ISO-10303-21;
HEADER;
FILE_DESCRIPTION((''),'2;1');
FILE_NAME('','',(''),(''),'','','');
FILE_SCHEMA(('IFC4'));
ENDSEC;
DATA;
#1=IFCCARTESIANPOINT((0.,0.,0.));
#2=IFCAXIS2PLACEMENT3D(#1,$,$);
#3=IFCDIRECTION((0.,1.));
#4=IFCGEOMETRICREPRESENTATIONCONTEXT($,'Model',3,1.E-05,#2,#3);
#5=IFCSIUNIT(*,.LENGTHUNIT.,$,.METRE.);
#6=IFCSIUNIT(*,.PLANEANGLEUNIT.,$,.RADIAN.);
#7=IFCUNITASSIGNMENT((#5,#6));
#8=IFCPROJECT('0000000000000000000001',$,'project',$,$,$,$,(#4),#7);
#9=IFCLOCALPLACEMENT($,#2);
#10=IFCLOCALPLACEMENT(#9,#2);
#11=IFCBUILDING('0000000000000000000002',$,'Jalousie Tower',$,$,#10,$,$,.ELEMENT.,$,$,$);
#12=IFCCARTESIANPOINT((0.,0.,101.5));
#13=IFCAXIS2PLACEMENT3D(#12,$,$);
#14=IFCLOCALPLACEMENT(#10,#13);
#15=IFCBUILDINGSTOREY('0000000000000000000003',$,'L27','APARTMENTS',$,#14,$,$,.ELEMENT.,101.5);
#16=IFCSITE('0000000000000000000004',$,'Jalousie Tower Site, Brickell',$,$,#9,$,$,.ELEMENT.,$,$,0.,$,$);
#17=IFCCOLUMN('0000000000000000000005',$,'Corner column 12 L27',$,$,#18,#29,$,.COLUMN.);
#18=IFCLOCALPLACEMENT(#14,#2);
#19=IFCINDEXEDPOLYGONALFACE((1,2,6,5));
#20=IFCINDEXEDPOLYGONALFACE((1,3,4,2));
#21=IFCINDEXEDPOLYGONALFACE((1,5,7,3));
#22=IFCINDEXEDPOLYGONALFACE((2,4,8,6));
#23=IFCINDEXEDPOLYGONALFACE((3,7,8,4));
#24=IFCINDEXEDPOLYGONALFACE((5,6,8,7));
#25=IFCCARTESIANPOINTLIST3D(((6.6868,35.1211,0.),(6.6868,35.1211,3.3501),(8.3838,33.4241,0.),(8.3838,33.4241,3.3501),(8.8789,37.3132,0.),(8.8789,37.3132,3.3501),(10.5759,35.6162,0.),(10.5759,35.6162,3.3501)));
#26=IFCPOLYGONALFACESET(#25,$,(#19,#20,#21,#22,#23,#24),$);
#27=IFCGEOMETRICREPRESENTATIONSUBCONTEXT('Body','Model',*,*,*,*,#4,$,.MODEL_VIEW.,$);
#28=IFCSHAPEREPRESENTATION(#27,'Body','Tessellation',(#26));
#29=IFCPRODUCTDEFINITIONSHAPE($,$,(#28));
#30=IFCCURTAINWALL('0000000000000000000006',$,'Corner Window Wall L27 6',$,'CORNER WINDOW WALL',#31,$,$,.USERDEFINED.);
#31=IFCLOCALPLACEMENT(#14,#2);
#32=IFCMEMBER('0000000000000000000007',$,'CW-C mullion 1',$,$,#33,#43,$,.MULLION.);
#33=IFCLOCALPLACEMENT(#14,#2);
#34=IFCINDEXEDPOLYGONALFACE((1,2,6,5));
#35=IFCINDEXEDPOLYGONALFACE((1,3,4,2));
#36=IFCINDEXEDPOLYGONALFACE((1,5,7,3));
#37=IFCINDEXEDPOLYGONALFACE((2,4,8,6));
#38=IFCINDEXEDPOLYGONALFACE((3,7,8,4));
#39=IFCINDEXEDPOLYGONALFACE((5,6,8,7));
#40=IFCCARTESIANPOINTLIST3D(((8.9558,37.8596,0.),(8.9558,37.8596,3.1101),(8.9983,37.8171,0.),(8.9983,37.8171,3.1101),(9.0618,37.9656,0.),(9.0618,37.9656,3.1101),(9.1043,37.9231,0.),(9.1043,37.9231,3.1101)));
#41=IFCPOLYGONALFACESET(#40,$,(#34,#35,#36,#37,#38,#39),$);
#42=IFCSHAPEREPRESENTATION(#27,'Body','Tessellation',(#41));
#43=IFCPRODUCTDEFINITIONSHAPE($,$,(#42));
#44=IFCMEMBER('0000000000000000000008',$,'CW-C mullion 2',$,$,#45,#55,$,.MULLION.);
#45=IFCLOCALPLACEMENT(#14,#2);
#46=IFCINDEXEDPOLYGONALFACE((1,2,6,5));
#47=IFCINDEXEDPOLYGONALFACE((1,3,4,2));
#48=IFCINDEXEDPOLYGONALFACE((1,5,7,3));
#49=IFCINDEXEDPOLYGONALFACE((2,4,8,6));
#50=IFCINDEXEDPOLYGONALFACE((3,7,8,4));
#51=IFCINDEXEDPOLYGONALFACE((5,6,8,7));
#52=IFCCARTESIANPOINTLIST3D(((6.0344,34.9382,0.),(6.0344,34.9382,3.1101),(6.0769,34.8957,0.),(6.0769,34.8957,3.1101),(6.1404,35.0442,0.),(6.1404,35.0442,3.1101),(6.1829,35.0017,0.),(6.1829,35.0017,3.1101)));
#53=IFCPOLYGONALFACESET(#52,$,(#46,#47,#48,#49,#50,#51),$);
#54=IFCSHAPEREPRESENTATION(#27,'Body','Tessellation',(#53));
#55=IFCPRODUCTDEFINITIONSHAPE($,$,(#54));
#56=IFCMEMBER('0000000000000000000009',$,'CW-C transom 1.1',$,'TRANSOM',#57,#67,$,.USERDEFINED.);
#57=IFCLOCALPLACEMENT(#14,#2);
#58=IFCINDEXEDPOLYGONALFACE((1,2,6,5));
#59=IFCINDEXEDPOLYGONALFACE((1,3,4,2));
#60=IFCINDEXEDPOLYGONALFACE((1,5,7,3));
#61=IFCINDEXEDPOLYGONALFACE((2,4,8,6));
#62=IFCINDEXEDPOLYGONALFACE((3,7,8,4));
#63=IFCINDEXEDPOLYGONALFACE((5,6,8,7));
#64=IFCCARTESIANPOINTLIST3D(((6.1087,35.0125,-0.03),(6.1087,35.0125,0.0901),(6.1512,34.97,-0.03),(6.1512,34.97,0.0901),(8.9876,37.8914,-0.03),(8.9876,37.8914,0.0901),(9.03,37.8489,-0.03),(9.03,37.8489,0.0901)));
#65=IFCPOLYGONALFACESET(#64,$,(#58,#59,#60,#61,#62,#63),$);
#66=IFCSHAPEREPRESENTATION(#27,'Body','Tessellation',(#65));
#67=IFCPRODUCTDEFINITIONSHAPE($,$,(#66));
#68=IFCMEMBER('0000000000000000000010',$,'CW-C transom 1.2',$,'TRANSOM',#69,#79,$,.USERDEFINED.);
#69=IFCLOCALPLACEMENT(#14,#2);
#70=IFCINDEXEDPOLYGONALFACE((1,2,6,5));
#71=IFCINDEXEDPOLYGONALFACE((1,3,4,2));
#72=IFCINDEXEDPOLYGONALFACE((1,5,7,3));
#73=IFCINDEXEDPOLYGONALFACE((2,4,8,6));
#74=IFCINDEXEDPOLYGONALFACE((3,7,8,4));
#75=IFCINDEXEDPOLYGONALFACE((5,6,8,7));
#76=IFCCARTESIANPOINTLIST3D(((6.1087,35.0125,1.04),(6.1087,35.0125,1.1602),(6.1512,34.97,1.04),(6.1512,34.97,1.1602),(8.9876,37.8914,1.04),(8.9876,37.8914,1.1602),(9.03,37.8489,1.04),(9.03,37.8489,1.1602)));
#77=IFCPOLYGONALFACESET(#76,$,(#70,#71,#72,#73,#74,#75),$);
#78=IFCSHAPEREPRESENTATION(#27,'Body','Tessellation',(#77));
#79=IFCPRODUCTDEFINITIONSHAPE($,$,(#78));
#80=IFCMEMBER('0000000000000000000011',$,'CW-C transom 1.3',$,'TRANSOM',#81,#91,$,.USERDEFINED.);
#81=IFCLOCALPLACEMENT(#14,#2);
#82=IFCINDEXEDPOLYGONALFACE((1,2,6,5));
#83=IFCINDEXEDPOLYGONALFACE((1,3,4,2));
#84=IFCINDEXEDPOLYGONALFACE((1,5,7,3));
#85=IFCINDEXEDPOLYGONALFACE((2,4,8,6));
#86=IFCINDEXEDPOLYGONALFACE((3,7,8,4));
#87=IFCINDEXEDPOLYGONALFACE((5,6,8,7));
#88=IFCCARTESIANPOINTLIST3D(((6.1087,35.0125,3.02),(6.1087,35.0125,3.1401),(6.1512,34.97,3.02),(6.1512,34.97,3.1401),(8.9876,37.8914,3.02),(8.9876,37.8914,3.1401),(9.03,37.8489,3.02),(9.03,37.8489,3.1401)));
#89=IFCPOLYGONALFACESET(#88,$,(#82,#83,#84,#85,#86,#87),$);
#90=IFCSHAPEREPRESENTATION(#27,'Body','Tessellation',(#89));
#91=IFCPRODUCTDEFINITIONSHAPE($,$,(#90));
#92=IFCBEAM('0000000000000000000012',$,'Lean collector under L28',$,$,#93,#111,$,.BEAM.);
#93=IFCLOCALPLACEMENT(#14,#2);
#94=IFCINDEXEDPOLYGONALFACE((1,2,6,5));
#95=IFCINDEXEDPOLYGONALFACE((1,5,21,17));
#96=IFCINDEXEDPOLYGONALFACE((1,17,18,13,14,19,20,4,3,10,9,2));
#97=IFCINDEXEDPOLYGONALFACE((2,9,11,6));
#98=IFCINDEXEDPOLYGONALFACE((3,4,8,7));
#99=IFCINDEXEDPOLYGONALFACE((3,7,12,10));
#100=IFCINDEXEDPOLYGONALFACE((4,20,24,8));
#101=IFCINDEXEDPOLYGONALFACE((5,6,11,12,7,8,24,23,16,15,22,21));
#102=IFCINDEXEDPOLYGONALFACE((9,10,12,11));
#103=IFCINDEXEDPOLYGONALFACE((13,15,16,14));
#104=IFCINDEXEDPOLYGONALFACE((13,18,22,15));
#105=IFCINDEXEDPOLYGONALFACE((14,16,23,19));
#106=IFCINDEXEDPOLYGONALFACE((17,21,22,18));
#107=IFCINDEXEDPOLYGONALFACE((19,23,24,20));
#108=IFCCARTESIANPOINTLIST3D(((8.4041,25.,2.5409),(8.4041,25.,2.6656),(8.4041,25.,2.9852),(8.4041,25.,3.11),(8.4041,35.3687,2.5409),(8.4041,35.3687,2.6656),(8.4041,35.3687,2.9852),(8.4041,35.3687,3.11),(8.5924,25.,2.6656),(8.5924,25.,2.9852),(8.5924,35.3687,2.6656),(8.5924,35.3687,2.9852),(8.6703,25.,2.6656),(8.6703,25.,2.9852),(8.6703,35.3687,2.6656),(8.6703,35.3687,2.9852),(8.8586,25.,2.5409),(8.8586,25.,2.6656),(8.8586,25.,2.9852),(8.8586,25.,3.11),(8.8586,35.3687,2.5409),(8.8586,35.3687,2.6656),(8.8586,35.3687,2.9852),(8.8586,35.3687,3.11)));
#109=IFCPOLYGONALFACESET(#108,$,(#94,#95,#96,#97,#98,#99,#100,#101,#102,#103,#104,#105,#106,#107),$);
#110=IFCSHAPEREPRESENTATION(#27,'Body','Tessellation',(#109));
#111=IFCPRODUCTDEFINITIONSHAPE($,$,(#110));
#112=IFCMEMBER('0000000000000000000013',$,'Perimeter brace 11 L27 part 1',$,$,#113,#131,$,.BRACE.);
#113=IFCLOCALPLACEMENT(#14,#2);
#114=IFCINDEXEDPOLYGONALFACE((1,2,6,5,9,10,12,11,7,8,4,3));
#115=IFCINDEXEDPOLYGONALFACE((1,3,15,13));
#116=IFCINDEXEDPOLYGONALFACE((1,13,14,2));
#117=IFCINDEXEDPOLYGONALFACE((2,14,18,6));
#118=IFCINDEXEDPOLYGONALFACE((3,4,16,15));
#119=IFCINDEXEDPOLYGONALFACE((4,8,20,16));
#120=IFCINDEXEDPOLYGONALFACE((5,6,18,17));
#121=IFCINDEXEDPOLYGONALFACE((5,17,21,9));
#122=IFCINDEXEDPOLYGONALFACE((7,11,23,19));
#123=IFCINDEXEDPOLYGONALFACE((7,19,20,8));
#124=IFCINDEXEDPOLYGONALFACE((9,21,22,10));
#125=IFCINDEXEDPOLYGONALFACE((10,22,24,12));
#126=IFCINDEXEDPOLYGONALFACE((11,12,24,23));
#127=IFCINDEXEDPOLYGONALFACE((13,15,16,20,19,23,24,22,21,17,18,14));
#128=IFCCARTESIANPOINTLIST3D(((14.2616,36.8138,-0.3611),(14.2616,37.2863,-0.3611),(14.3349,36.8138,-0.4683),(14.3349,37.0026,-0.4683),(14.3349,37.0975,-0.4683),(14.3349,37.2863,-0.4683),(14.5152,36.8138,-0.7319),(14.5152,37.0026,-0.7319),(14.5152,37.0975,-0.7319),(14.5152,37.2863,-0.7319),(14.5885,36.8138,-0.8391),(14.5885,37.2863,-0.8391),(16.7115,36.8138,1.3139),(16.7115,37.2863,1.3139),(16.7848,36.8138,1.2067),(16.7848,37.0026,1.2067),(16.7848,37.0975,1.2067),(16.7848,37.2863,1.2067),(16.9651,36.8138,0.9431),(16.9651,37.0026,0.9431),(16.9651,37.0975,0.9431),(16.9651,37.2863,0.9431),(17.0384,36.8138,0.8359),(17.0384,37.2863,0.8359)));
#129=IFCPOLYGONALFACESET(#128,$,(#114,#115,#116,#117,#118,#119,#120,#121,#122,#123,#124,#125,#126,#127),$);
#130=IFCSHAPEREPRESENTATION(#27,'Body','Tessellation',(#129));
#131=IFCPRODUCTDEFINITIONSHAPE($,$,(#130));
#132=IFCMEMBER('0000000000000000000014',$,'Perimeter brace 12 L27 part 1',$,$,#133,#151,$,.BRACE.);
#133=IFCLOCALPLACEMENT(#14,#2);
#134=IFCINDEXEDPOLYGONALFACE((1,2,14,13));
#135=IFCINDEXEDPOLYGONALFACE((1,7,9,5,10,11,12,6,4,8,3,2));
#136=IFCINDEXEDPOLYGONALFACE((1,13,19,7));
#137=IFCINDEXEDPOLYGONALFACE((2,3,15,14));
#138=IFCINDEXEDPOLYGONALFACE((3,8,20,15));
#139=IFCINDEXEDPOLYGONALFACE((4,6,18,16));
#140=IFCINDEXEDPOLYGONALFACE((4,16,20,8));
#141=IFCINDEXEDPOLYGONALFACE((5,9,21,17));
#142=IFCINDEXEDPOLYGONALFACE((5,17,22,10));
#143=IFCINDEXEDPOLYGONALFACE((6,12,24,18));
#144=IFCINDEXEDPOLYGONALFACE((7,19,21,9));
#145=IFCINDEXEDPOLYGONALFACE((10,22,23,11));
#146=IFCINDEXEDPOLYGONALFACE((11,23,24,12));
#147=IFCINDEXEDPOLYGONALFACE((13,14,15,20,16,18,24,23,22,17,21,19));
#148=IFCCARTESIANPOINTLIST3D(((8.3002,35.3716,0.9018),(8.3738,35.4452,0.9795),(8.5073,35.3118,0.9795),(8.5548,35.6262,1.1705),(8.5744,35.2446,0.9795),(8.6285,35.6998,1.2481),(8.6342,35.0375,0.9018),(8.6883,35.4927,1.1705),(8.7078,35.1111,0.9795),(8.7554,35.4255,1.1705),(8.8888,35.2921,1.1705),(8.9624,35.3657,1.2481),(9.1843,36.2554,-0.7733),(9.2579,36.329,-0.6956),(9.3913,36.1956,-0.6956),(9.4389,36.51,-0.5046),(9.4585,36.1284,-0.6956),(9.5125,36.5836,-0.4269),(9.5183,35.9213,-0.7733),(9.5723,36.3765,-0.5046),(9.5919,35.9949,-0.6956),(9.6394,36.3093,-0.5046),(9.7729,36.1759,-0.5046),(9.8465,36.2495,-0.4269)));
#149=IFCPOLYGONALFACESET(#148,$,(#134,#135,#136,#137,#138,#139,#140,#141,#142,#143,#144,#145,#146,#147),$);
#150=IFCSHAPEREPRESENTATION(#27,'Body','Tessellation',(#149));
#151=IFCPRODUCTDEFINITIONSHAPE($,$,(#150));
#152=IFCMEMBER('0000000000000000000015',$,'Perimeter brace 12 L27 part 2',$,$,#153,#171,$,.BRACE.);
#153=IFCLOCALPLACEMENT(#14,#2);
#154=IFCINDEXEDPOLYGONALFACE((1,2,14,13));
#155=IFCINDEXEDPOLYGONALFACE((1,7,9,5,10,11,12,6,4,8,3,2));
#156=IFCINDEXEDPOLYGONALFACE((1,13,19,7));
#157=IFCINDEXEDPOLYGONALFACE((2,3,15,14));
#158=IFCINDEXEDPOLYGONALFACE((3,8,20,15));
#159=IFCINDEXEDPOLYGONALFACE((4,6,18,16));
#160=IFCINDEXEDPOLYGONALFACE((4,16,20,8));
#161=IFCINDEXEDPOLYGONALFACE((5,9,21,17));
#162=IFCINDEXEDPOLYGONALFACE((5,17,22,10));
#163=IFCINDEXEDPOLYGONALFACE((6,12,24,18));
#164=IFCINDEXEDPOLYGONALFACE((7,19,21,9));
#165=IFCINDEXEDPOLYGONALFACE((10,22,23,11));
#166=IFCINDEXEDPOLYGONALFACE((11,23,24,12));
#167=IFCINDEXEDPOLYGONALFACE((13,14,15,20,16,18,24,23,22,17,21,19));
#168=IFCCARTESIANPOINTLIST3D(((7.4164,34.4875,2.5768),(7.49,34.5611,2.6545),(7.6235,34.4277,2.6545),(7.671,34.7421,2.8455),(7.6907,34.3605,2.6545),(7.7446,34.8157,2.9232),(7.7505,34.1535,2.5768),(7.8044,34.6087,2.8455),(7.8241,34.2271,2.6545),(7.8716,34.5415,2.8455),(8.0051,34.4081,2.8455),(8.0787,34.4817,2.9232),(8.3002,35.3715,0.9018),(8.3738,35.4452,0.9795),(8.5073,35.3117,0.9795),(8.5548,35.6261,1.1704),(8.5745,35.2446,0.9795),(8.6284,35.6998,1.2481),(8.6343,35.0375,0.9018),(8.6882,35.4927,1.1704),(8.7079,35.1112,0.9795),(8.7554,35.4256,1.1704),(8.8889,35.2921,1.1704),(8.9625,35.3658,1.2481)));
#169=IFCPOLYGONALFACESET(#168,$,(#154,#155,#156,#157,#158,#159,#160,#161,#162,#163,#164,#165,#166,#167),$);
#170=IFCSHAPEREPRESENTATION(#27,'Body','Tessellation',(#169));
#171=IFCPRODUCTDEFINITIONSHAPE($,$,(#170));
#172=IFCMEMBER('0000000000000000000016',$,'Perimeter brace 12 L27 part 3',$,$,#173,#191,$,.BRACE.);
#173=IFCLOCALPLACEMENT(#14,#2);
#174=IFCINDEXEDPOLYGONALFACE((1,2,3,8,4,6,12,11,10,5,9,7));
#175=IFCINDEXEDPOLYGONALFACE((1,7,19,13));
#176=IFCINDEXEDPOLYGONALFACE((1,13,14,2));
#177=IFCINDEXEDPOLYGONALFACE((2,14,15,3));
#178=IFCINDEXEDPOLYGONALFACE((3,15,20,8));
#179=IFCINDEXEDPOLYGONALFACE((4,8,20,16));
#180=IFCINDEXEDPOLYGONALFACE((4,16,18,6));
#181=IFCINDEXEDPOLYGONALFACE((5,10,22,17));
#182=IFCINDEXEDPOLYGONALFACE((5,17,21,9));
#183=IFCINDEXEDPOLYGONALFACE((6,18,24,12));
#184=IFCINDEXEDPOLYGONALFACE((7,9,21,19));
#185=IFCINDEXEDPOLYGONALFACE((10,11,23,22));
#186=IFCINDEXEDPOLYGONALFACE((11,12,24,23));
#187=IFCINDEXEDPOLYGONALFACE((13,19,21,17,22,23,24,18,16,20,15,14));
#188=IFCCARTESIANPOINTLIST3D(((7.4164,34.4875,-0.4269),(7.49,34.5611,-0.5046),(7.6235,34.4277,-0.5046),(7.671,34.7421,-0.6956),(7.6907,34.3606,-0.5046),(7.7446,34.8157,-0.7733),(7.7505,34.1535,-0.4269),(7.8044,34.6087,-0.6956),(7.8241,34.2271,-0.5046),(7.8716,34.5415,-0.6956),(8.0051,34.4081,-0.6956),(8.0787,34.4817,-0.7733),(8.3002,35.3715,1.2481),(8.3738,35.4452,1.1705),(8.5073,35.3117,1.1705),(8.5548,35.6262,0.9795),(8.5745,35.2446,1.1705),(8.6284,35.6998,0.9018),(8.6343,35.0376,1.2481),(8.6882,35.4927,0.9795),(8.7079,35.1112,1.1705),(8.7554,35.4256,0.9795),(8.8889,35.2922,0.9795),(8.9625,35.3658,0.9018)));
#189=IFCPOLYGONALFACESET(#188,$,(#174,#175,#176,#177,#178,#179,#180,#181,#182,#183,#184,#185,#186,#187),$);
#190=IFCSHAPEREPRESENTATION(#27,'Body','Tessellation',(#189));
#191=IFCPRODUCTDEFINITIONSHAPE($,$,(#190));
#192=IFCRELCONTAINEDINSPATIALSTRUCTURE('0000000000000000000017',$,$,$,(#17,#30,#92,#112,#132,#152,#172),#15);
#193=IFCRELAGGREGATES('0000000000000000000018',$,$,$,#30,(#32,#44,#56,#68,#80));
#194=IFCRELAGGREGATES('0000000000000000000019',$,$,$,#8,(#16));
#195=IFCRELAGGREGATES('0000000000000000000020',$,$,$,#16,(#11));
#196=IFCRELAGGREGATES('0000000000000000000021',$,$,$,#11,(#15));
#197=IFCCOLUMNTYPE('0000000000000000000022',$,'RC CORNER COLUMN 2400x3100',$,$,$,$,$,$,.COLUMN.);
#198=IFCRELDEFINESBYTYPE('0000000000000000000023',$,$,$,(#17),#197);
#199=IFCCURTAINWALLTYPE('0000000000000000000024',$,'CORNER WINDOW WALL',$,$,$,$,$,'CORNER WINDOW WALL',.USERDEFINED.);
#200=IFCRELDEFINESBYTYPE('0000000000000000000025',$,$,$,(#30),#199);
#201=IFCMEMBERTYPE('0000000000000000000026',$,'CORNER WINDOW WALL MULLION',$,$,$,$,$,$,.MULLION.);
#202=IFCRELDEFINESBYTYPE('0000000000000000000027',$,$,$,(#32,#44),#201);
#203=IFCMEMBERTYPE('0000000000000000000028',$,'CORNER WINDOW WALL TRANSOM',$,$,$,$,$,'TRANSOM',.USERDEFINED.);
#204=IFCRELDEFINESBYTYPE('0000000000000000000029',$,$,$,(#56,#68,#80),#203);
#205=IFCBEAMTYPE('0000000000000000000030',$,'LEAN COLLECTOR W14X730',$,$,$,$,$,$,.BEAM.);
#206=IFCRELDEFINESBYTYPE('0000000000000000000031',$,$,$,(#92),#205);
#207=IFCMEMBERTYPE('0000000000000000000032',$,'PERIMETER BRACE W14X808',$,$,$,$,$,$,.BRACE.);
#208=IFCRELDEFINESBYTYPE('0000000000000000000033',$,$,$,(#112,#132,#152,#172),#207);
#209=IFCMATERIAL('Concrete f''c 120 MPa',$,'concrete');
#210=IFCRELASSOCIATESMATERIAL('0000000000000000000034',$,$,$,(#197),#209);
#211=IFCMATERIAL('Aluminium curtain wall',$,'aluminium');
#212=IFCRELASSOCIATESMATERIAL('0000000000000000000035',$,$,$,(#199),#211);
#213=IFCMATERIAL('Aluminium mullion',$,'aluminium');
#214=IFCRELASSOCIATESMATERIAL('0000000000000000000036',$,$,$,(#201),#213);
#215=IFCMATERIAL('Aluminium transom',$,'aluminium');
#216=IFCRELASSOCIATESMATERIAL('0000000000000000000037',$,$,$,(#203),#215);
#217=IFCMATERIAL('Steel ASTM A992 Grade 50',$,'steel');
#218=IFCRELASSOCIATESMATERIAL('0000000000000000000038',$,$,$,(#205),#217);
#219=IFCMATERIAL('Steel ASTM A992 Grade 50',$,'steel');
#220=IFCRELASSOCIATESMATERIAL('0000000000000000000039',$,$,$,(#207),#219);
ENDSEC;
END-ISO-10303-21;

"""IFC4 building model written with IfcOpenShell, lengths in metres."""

from ifc_helpers import new_model, si_unit, direction, frame, origin, origin_2d, place, context, subcontext, project, spatial, rectangle, i_section, extrude, material, material_profile, profile_set, type_object, element, aggregate, save


model = new_model("IFC4")

# Units and contexts
model_context = context("Model", 3, precision=1e-05, world=origin(), true_north=direction((0.0, 1.0)))
body_context = subcontext(model_context, "Body", "Model", "MODEL_VIEW")
ifc_project = project(units=[si_unit("LENGTHUNIT", "METRE"), si_unit("PLANEANGLEUNIT", "RADIAN")], contexts=[model_context])

# Site, building, storey
site_placement = place(None, origin())
site = spatial("IfcSite", under=ifc_project, at=site_placement, Name="Jalousie Tower Site, Brickell", CompositionType="ELEMENT", RefElevation=0.0)
building_placement = place(site_placement, origin())
building = spatial("IfcBuilding", under=site, at=building_placement, Name="Jalousie Tower", CompositionType="ELEMENT")
storey_placement = place(building_placement, frame((0.0, 0.0, 101.5)))
storey = spatial("IfcBuildingStorey", under=building, at=storey_placement, Name="L27", Description="APARTMENTS", CompositionType="ELEMENT", Elevation=101.5)

# Column
ifc_material_1 = material(Name="Concrete f'c 120 MPa", Category="concrete")
ifc_material_profile_1 = material_profile(ifc_material_1, rectangle(XDim=2.3999, YDim=3.1001, at=origin_2d()), Name="RC 2400x3100")
ifc_profile_set_1 = profile_set([ifc_material_profile_1], Name="Concrete f'c 120 MPa")
column_type = type_object("IfcColumnType", Name="RC CORNER COLUMN 2400x3100", PredefinedType="COLUMN", material=ifc_profile_set_1)
column_placement = place(storey_placement, frame((8.6313, 35.3687, 0.0), z_axis=(0.0, 0.0, 1.0), x_axis=(0.707107, -0.707107, 0.0)))
element("IfcColumn", 1, at=column_placement, inside=storey, type_object=column_type, Name="Corner column 12 L27", PredefinedType="COLUMN", context=body_context, shape_type="SweptSolid", body=[
    extrude(rectangle(XDim=2.3999, YDim=3.1001, at=origin_2d()), origin(), (0.0, 0.0, 1.0), 3.3501),
])

# Curtain wall, members
ifc_material_2 = material(Name="Aluminium curtain wall", Category="aluminium")
curtain_wall_type_1 = type_object("IfcCurtainWallType", Name="CORNER WINDOW WALL", ElementType="CORNER WINDOW WALL", PredefinedType="USERDEFINED", material=ifc_material_2)
curtain_wall_1_placement = place(storey_placement, origin())
curtain_wall_1 = element("IfcCurtainWall", 2, at=curtain_wall_1_placement, inside=storey, type_object=curtain_wall_type_1, Name="Corner Window Wall L27 6", ObjectType="CORNER WINDOW WALL", PredefinedType="USERDEFINED")
ifc_material_3 = material(Name="Aluminium mullion", Category="aluminium")
ifc_material_profile_2 = material_profile(ifc_material_3, rectangle(XDim=0.0601, YDim=0.1499, at=origin_2d()), Name="MULLION 60x150")
ifc_profile_set_2 = profile_set([ifc_material_profile_2], Name="Aluminium mullion")
member_type_1 = type_object("IfcMemberType", Name="CORNER WINDOW WALL MULLION", PredefinedType="MULLION", material=ifc_profile_set_2)
member_1_placement = place(storey_placement, frame((9.03, 37.8914, 0.0), z_axis=(0.0, 0.0, 1.0), x_axis=(0.707107, -0.707107, 0.0)))
member_1 = element("IfcMember", 3, at=member_1_placement, type_object=member_type_1, Name="CW-C mullion 1", PredefinedType="MULLION", context=body_context, shape_type="SweptSolid", body=[
    extrude(rectangle(XDim=0.0601, YDim=0.1499, at=origin_2d()), origin(), (0.0, 0.0, 1.0), 3.1101),
])
member_2_placement = place(storey_placement, frame((6.1086, 34.97, 0.0), z_axis=(0.0, 0.0, 1.0), x_axis=(0.707107, -0.707107, 0.0)))
member_2 = element("IfcMember", 4, at=member_2_placement, type_object=member_type_1, Name="CW-C mullion 2", PredefinedType="MULLION", context=body_context, shape_type="SweptSolid", body=[
    extrude(rectangle(XDim=0.0601, YDim=0.1499, at=origin_2d()), origin(), (0.0, 0.0, 1.0), 3.1101),
])
ifc_material_4 = material(Name="Aluminium transom", Category="aluminium")
ifc_material_profile_3 = material_profile(ifc_material_4, rectangle(XDim=0.0601, YDim=0.1201, at=origin_2d()), Name="TRANSOM 60x120")
ifc_profile_set_3 = profile_set([ifc_material_profile_3], Name="Aluminium transom")
member_type_2 = type_object("IfcMemberType", Name="CORNER WINDOW WALL TRANSOM", ElementType="TRANSOM", PredefinedType="USERDEFINED", material=ifc_profile_set_3)
member_3_placement = place(storey_placement, frame((9.0088, 37.8701, 0.03), z_axis=(-0.707107, -0.707107, 0.0), x_axis=(0.707107, -0.707107, 0.0)))
member_3 = element("IfcMember", 5, at=member_3_placement, type_object=member_type_2, Name="CW-C transom 1.1", ObjectType="TRANSOM", PredefinedType="USERDEFINED", context=body_context, shape_type="SweptSolid", body=[
    extrude(rectangle(XDim=0.0601, YDim=0.1201, at=origin_2d()), origin(), (0.0, 0.0, 1.0), 4.0713),
])
member_4_placement = place(storey_placement, frame((9.0088, 37.8701, 1.1001), z_axis=(-0.707107, -0.707107, 0.0), x_axis=(0.707107, -0.707107, 0.0)))
member_4 = element("IfcMember", 6, at=member_4_placement, type_object=member_type_2, Name="CW-C transom 1.2", ObjectType="TRANSOM", PredefinedType="USERDEFINED", context=body_context, shape_type="SweptSolid", body=[
    extrude(rectangle(XDim=0.0601, YDim=0.1201, at=origin_2d()), origin(), (0.0, 0.0, 1.0), 4.0713),
])
member_5_placement = place(storey_placement, frame((9.0088, 37.8701, 3.0801), z_axis=(-0.707107, -0.707107, 0.0), x_axis=(0.707107, -0.707107, 0.0)))
member_5 = element("IfcMember", 7, at=member_5_placement, type_object=member_type_2, Name="CW-C transom 1.3", ObjectType="TRANSOM", PredefinedType="USERDEFINED", context=body_context, shape_type="SweptSolid", body=[
    extrude(rectangle(XDim=0.0601, YDim=0.1201, at=origin_2d()), origin(), (0.0, 0.0, 1.0), 4.0713),
])

# Beam
ifc_material_5 = material(Name="Steel ASTM A992 Grade 50", Category="steel")
ifc_material_profile_4 = material_profile(ifc_material_5, i_section(OverallWidth=0.4546, OverallDepth=0.5691, WebThickness=0.0779, FlangeThickness=0.1248, at=origin_2d()), Name="W14X730")
ifc_profile_set_4 = profile_set([ifc_material_profile_4], Name="Steel ASTM A992 Grade 50")
beam_type_1 = type_object("IfcBeamType", Name="LEAN COLLECTOR W14X730", PredefinedType="BEAM", material=ifc_profile_set_4)
beam_1_placement = place(storey_placement, frame((8.6313, 35.3687, 2.8254), z_axis=(0.0, -1.0, 0.0), x_axis=(1.0, 0.0, 0.0)))
element("IfcBeam", 8, at=beam_1_placement, inside=storey, type_object=beam_type_1, Name="Lean collector under L28", PredefinedType="BEAM", context=body_context, shape_type="SweptSolid", body=[
    extrude(i_section(OverallWidth=0.4546, OverallDepth=0.5691, WebThickness=0.0779, FlangeThickness=0.1248, at=origin_2d()), origin(), (0.0, 0.0, 1.0), 10.3687),
])

# Members
ifc_material_6 = material(Name="Steel ASTM A992 Grade 50", Category="steel")
ifc_material_profile_5 = material_profile(ifc_material_6, i_section(OverallWidth=0.4724, OverallDepth=0.5791, WebThickness=0.095, FlangeThickness=0.1299, at=origin_2d()), Name="W14X808")
ifc_profile_set_5 = profile_set([ifc_material_profile_5], Name="Steel ASTM A992 Grade 50")
member_type_3 = type_object("IfcMemberType", Name="PERIMETER BRACE W14X808", PredefinedType="BRACE", material=ifc_profile_set_5)
member_6_placement = place(storey_placement, frame((14.425, 37.05, -0.6001), z_axis=(0.825501, 0.0, 0.564401), x_axis=(0.0, 1.0, 0.0)))
element("IfcMember", 9, at=member_6_placement, inside=storey, type_object=member_type_3, Name="Perimeter brace 11 L27 part 1", PredefinedType="BRACE", context=body_context, shape_type="SweptSolid", body=[
    extrude(i_section(OverallWidth=0.4724, OverallDepth=0.5791, WebThickness=0.095, FlangeThickness=0.1299, at=origin_2d()), origin(), (0.0, 0.0, 1.0), 2.9678),
])
for number, where, z_axis, x_axis, name in (
    (10, (9.5154, 36.2524, -0.6001), (-0.422969, -0.422852, 0.801432), (0.707009, -0.707204, 0.0), "Perimeter brace 12 L27 part 1"),
    (11, (8.6313, 35.3687, 1.075), (-0.422852, -0.422969, 0.801432), (0.707204, -0.707009, 0.0), "Perimeter brace 12 L27 part 2"),
    (12, (7.7476, 34.4846, -0.6001), (0.422852, 0.422969, 0.801432), (-0.707204, 0.707009, 0.0), "Perimeter brace 12 L27 part 3"),
):
    element("IfcMember", number, at=place(storey_placement, frame(where, z_axis=z_axis, x_axis=x_axis)), inside=storey, type_object=member_type_3, Name=name, PredefinedType="BRACE", context=body_context, shape_type="SweptSolid", body=[
        extrude(i_section(OverallWidth=0.4724, OverallDepth=0.5791, WebThickness=0.095, FlangeThickness=0.1299, at=origin_2d()), origin(), (0.0, 0.0, 1.0), 2.0901),
    ])

aggregate(curtain_wall_1, [member_1, member_2, member_3, member_4, member_5])

save(model, "model.ifc")
